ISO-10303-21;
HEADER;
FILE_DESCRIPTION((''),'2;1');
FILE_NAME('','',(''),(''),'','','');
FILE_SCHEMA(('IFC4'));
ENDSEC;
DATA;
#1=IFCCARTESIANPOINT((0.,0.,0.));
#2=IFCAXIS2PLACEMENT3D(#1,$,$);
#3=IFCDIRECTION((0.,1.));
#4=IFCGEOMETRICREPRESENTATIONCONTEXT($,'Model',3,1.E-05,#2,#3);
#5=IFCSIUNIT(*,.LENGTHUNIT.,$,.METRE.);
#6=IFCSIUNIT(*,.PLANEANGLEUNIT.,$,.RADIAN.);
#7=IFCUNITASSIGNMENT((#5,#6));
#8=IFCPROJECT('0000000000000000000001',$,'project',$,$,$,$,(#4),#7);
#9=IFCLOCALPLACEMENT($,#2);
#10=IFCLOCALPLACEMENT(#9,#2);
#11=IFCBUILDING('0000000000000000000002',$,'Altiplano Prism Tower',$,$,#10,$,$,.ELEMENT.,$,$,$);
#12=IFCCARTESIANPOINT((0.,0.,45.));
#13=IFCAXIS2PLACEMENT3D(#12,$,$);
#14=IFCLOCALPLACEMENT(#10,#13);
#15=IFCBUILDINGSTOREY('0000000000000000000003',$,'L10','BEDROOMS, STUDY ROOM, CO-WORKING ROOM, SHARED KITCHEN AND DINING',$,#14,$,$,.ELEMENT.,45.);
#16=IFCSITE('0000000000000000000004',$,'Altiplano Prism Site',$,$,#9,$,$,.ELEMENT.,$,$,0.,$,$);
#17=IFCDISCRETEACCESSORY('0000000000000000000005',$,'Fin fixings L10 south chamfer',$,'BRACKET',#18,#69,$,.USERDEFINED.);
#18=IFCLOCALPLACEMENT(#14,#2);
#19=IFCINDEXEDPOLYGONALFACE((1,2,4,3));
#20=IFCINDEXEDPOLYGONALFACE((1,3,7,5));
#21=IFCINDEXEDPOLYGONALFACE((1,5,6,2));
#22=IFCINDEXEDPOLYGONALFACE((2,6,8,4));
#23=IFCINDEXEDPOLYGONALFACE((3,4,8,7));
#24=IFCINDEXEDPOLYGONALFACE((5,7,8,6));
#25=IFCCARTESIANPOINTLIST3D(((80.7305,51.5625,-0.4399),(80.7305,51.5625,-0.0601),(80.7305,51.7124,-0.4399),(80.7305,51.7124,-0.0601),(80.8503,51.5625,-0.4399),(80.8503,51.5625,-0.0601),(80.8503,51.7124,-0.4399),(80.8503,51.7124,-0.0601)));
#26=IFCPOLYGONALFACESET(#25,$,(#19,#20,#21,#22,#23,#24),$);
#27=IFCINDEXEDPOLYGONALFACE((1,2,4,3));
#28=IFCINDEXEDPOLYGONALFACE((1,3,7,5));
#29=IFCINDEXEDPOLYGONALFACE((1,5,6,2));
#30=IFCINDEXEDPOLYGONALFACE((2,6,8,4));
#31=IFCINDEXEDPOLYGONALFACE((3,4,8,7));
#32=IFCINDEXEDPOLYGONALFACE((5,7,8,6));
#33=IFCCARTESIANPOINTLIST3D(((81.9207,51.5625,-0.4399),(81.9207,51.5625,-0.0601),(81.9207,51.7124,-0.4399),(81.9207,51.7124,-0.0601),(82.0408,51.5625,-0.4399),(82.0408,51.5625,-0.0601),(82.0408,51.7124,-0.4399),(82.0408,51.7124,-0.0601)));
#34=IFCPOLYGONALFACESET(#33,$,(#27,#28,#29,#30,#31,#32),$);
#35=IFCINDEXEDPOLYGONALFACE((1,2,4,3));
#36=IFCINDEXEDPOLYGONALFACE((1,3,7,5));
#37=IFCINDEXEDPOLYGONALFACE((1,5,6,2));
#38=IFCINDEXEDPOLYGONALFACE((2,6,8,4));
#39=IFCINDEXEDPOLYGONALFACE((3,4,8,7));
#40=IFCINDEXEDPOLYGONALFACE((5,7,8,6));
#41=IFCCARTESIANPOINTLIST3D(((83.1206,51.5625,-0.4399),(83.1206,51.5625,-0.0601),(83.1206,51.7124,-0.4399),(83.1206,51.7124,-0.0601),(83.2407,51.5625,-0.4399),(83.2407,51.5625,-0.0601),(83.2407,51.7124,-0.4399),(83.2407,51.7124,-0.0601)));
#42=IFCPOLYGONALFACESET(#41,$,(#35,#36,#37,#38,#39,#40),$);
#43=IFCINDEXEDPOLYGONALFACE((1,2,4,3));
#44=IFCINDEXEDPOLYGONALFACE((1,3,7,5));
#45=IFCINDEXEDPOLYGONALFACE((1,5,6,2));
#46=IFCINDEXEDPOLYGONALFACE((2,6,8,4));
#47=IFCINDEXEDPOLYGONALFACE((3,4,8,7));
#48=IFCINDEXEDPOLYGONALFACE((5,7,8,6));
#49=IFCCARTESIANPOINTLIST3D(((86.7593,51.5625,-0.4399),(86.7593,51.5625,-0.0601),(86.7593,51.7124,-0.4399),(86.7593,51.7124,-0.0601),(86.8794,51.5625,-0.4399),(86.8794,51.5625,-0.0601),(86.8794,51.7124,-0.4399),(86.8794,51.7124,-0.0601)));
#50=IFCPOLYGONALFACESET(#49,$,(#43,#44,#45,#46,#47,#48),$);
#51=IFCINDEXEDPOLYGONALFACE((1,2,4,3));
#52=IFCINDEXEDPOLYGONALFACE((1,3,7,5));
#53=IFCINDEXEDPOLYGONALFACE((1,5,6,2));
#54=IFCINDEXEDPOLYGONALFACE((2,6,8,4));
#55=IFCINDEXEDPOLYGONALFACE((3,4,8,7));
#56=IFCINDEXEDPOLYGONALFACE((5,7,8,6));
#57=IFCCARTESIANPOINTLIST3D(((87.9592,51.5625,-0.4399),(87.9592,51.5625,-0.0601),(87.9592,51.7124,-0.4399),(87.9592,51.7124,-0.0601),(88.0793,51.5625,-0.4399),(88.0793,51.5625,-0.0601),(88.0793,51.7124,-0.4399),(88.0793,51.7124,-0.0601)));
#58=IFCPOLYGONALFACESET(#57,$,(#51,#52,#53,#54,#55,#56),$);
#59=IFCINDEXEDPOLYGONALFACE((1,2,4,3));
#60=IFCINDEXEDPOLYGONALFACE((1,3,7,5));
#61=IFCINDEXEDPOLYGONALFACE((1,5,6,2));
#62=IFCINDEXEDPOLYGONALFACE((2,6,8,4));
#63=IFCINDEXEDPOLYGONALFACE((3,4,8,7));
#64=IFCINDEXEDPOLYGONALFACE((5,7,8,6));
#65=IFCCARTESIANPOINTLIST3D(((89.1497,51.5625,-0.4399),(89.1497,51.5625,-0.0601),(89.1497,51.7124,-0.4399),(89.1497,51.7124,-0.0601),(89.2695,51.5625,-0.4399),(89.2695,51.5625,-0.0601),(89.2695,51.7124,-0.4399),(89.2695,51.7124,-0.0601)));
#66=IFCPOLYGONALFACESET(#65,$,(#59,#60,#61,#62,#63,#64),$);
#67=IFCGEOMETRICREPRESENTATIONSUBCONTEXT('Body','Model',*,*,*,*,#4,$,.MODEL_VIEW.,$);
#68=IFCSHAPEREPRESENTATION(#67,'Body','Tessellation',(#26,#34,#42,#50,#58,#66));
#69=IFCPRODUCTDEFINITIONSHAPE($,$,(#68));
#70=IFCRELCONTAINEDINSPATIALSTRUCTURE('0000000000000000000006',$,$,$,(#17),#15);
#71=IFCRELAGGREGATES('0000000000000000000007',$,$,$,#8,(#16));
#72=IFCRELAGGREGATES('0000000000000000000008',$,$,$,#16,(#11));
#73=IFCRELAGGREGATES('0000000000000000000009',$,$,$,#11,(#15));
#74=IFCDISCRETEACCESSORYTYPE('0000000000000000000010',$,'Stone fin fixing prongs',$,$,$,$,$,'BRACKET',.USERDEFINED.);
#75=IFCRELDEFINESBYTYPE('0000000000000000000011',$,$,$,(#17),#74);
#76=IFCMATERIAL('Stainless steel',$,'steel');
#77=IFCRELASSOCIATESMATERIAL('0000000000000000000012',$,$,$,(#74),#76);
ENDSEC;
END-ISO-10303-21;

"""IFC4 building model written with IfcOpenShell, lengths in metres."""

from ifc_helpers import new_model, si_unit, direction, frame, origin, place, context, subcontext, project, spatial, polyline, outline, extrude, source, transform, mapped, material, type_object, element, save


model = new_model("IFC4")

# Units and contexts
model_context = context("Model", 3, precision=1e-05, world=origin(), true_north=direction((0.0, 1.0)))
body_context = subcontext(model_context, "Body", "Model", "MODEL_VIEW")
ifc_project = project(units=[si_unit("LENGTHUNIT", "METRE"), si_unit("PLANEANGLEUNIT", "RADIAN")], contexts=[model_context])

# Site, building, storey
site_placement = place(None, origin())
site = spatial("IfcSite", under=ifc_project, at=site_placement, Name="Altiplano Prism Site", CompositionType="ELEMENT", RefElevation=0.0)
building_placement = place(site_placement, origin())
building = spatial("IfcBuilding", under=site, at=building_placement, Name="Altiplano Prism Tower", CompositionType="ELEMENT")
storey_placement = place(building_placement, frame((0.0, 0.0, 45.0)))
storey = spatial("IfcBuildingStorey", under=building, at=storey_placement, Name="L10", Description="BEDROOMS, STUDY ROOM, CO-WORKING ROOM, SHARED KITCHEN AND DINING", CompositionType="ELEMENT", Elevation=45.0)

# Discrete accessory
ifc_material_1 = material(Name="Stainless steel", Category="steel")
discrete_accessory_type = type_object("IfcDiscreteAccessoryType", Name="Stone fin fixing prongs", ElementType="BRACKET", PredefinedType="USERDEFINED", material=ifc_material_1)
shared_shape_1 = source(origin(), body_context, "Body", "SweptSolid", [
    extrude(outline(polyline([(-4.2695, 0.0601), (-4.1497, 0.0601), (-4.1497, 0.4399), (-4.2695, 0.4399), (-4.2695, 0.0601)])), frame((0.0, 0.0, 0.0), z_axis=(0.0, -1.0, 0.0), x_axis=(1.0, 0.0, 0.0)), (0.0, 0.0, 1.0), 0.1499),
    extrude(outline(polyline([(-3.0793, 0.0601), (-2.9592, 0.0601), (-2.9592, 0.4399), (-3.0793, 0.4399), (-3.0793, 0.0601)])), frame((0.0, 0.0, 0.0), z_axis=(0.0, -1.0, 0.0), x_axis=(1.0, 0.0, 0.0)), (0.0, 0.0, 1.0), 0.1499),
    extrude(outline(polyline([(-1.8794, 0.0601), (-1.7593, 0.0601), (-1.7593, 0.4399), (-1.8794, 0.4399), (-1.8794, 0.0601)])), frame((0.0, 0.0, 0.0), z_axis=(0.0, -1.0, 0.0), x_axis=(1.0, 0.0, 0.0)), (0.0, 0.0, 1.0), 0.1499),
    extrude(outline(polyline([(1.7593, 0.0601), (1.8794, 0.0601), (1.8794, 0.4399), (1.7593, 0.4399), (1.7593, 0.0601)])), frame((0.0, 0.0, 0.0), z_axis=(0.0, -1.0, 0.0), x_axis=(1.0, 0.0, 0.0)), (0.0, 0.0, 1.0), 0.1499),
    extrude(outline(polyline([(2.9592, 0.0601), (3.0793, 0.0601), (3.0793, 0.4399), (2.9592, 0.4399), (2.9592, 0.0601)])), frame((0.0, 0.0, 0.0), z_axis=(0.0, -1.0, 0.0), x_axis=(1.0, 0.0, 0.0)), (0.0, 0.0, 1.0), 0.1499),
    extrude(outline(polyline([(4.1497, 0.0601), (4.2695, 0.0601), (4.2695, 0.4399), (4.1497, 0.4399), (4.1497, 0.0601)])), frame((0.0, 0.0, 0.0), z_axis=(0.0, -1.0, 0.0), x_axis=(1.0, 0.0, 0.0)), (0.0, 0.0, 1.0), 0.1499),
])
discrete_accessory_1_placement = place(storey_placement, origin())
element("IfcDiscreteAccessory", 1, at=discrete_accessory_1_placement, inside=storey, type_object=discrete_accessory_type, Name="Fin fixings L10 south chamfer", ObjectType="BRACKET", PredefinedType="USERDEFINED", context=body_context, shape_type="MappedRepresentation", body=[
    mapped(shared_shape_1, transform((85.0, 51.7124, -0.5), x_axis=(1.0, 0.0, 0.0), y_axis=(0.0, 1.0, 0.0), z_axis=(0.0, 0.0, 1.0))),
])

save(model, "model.ifc")
